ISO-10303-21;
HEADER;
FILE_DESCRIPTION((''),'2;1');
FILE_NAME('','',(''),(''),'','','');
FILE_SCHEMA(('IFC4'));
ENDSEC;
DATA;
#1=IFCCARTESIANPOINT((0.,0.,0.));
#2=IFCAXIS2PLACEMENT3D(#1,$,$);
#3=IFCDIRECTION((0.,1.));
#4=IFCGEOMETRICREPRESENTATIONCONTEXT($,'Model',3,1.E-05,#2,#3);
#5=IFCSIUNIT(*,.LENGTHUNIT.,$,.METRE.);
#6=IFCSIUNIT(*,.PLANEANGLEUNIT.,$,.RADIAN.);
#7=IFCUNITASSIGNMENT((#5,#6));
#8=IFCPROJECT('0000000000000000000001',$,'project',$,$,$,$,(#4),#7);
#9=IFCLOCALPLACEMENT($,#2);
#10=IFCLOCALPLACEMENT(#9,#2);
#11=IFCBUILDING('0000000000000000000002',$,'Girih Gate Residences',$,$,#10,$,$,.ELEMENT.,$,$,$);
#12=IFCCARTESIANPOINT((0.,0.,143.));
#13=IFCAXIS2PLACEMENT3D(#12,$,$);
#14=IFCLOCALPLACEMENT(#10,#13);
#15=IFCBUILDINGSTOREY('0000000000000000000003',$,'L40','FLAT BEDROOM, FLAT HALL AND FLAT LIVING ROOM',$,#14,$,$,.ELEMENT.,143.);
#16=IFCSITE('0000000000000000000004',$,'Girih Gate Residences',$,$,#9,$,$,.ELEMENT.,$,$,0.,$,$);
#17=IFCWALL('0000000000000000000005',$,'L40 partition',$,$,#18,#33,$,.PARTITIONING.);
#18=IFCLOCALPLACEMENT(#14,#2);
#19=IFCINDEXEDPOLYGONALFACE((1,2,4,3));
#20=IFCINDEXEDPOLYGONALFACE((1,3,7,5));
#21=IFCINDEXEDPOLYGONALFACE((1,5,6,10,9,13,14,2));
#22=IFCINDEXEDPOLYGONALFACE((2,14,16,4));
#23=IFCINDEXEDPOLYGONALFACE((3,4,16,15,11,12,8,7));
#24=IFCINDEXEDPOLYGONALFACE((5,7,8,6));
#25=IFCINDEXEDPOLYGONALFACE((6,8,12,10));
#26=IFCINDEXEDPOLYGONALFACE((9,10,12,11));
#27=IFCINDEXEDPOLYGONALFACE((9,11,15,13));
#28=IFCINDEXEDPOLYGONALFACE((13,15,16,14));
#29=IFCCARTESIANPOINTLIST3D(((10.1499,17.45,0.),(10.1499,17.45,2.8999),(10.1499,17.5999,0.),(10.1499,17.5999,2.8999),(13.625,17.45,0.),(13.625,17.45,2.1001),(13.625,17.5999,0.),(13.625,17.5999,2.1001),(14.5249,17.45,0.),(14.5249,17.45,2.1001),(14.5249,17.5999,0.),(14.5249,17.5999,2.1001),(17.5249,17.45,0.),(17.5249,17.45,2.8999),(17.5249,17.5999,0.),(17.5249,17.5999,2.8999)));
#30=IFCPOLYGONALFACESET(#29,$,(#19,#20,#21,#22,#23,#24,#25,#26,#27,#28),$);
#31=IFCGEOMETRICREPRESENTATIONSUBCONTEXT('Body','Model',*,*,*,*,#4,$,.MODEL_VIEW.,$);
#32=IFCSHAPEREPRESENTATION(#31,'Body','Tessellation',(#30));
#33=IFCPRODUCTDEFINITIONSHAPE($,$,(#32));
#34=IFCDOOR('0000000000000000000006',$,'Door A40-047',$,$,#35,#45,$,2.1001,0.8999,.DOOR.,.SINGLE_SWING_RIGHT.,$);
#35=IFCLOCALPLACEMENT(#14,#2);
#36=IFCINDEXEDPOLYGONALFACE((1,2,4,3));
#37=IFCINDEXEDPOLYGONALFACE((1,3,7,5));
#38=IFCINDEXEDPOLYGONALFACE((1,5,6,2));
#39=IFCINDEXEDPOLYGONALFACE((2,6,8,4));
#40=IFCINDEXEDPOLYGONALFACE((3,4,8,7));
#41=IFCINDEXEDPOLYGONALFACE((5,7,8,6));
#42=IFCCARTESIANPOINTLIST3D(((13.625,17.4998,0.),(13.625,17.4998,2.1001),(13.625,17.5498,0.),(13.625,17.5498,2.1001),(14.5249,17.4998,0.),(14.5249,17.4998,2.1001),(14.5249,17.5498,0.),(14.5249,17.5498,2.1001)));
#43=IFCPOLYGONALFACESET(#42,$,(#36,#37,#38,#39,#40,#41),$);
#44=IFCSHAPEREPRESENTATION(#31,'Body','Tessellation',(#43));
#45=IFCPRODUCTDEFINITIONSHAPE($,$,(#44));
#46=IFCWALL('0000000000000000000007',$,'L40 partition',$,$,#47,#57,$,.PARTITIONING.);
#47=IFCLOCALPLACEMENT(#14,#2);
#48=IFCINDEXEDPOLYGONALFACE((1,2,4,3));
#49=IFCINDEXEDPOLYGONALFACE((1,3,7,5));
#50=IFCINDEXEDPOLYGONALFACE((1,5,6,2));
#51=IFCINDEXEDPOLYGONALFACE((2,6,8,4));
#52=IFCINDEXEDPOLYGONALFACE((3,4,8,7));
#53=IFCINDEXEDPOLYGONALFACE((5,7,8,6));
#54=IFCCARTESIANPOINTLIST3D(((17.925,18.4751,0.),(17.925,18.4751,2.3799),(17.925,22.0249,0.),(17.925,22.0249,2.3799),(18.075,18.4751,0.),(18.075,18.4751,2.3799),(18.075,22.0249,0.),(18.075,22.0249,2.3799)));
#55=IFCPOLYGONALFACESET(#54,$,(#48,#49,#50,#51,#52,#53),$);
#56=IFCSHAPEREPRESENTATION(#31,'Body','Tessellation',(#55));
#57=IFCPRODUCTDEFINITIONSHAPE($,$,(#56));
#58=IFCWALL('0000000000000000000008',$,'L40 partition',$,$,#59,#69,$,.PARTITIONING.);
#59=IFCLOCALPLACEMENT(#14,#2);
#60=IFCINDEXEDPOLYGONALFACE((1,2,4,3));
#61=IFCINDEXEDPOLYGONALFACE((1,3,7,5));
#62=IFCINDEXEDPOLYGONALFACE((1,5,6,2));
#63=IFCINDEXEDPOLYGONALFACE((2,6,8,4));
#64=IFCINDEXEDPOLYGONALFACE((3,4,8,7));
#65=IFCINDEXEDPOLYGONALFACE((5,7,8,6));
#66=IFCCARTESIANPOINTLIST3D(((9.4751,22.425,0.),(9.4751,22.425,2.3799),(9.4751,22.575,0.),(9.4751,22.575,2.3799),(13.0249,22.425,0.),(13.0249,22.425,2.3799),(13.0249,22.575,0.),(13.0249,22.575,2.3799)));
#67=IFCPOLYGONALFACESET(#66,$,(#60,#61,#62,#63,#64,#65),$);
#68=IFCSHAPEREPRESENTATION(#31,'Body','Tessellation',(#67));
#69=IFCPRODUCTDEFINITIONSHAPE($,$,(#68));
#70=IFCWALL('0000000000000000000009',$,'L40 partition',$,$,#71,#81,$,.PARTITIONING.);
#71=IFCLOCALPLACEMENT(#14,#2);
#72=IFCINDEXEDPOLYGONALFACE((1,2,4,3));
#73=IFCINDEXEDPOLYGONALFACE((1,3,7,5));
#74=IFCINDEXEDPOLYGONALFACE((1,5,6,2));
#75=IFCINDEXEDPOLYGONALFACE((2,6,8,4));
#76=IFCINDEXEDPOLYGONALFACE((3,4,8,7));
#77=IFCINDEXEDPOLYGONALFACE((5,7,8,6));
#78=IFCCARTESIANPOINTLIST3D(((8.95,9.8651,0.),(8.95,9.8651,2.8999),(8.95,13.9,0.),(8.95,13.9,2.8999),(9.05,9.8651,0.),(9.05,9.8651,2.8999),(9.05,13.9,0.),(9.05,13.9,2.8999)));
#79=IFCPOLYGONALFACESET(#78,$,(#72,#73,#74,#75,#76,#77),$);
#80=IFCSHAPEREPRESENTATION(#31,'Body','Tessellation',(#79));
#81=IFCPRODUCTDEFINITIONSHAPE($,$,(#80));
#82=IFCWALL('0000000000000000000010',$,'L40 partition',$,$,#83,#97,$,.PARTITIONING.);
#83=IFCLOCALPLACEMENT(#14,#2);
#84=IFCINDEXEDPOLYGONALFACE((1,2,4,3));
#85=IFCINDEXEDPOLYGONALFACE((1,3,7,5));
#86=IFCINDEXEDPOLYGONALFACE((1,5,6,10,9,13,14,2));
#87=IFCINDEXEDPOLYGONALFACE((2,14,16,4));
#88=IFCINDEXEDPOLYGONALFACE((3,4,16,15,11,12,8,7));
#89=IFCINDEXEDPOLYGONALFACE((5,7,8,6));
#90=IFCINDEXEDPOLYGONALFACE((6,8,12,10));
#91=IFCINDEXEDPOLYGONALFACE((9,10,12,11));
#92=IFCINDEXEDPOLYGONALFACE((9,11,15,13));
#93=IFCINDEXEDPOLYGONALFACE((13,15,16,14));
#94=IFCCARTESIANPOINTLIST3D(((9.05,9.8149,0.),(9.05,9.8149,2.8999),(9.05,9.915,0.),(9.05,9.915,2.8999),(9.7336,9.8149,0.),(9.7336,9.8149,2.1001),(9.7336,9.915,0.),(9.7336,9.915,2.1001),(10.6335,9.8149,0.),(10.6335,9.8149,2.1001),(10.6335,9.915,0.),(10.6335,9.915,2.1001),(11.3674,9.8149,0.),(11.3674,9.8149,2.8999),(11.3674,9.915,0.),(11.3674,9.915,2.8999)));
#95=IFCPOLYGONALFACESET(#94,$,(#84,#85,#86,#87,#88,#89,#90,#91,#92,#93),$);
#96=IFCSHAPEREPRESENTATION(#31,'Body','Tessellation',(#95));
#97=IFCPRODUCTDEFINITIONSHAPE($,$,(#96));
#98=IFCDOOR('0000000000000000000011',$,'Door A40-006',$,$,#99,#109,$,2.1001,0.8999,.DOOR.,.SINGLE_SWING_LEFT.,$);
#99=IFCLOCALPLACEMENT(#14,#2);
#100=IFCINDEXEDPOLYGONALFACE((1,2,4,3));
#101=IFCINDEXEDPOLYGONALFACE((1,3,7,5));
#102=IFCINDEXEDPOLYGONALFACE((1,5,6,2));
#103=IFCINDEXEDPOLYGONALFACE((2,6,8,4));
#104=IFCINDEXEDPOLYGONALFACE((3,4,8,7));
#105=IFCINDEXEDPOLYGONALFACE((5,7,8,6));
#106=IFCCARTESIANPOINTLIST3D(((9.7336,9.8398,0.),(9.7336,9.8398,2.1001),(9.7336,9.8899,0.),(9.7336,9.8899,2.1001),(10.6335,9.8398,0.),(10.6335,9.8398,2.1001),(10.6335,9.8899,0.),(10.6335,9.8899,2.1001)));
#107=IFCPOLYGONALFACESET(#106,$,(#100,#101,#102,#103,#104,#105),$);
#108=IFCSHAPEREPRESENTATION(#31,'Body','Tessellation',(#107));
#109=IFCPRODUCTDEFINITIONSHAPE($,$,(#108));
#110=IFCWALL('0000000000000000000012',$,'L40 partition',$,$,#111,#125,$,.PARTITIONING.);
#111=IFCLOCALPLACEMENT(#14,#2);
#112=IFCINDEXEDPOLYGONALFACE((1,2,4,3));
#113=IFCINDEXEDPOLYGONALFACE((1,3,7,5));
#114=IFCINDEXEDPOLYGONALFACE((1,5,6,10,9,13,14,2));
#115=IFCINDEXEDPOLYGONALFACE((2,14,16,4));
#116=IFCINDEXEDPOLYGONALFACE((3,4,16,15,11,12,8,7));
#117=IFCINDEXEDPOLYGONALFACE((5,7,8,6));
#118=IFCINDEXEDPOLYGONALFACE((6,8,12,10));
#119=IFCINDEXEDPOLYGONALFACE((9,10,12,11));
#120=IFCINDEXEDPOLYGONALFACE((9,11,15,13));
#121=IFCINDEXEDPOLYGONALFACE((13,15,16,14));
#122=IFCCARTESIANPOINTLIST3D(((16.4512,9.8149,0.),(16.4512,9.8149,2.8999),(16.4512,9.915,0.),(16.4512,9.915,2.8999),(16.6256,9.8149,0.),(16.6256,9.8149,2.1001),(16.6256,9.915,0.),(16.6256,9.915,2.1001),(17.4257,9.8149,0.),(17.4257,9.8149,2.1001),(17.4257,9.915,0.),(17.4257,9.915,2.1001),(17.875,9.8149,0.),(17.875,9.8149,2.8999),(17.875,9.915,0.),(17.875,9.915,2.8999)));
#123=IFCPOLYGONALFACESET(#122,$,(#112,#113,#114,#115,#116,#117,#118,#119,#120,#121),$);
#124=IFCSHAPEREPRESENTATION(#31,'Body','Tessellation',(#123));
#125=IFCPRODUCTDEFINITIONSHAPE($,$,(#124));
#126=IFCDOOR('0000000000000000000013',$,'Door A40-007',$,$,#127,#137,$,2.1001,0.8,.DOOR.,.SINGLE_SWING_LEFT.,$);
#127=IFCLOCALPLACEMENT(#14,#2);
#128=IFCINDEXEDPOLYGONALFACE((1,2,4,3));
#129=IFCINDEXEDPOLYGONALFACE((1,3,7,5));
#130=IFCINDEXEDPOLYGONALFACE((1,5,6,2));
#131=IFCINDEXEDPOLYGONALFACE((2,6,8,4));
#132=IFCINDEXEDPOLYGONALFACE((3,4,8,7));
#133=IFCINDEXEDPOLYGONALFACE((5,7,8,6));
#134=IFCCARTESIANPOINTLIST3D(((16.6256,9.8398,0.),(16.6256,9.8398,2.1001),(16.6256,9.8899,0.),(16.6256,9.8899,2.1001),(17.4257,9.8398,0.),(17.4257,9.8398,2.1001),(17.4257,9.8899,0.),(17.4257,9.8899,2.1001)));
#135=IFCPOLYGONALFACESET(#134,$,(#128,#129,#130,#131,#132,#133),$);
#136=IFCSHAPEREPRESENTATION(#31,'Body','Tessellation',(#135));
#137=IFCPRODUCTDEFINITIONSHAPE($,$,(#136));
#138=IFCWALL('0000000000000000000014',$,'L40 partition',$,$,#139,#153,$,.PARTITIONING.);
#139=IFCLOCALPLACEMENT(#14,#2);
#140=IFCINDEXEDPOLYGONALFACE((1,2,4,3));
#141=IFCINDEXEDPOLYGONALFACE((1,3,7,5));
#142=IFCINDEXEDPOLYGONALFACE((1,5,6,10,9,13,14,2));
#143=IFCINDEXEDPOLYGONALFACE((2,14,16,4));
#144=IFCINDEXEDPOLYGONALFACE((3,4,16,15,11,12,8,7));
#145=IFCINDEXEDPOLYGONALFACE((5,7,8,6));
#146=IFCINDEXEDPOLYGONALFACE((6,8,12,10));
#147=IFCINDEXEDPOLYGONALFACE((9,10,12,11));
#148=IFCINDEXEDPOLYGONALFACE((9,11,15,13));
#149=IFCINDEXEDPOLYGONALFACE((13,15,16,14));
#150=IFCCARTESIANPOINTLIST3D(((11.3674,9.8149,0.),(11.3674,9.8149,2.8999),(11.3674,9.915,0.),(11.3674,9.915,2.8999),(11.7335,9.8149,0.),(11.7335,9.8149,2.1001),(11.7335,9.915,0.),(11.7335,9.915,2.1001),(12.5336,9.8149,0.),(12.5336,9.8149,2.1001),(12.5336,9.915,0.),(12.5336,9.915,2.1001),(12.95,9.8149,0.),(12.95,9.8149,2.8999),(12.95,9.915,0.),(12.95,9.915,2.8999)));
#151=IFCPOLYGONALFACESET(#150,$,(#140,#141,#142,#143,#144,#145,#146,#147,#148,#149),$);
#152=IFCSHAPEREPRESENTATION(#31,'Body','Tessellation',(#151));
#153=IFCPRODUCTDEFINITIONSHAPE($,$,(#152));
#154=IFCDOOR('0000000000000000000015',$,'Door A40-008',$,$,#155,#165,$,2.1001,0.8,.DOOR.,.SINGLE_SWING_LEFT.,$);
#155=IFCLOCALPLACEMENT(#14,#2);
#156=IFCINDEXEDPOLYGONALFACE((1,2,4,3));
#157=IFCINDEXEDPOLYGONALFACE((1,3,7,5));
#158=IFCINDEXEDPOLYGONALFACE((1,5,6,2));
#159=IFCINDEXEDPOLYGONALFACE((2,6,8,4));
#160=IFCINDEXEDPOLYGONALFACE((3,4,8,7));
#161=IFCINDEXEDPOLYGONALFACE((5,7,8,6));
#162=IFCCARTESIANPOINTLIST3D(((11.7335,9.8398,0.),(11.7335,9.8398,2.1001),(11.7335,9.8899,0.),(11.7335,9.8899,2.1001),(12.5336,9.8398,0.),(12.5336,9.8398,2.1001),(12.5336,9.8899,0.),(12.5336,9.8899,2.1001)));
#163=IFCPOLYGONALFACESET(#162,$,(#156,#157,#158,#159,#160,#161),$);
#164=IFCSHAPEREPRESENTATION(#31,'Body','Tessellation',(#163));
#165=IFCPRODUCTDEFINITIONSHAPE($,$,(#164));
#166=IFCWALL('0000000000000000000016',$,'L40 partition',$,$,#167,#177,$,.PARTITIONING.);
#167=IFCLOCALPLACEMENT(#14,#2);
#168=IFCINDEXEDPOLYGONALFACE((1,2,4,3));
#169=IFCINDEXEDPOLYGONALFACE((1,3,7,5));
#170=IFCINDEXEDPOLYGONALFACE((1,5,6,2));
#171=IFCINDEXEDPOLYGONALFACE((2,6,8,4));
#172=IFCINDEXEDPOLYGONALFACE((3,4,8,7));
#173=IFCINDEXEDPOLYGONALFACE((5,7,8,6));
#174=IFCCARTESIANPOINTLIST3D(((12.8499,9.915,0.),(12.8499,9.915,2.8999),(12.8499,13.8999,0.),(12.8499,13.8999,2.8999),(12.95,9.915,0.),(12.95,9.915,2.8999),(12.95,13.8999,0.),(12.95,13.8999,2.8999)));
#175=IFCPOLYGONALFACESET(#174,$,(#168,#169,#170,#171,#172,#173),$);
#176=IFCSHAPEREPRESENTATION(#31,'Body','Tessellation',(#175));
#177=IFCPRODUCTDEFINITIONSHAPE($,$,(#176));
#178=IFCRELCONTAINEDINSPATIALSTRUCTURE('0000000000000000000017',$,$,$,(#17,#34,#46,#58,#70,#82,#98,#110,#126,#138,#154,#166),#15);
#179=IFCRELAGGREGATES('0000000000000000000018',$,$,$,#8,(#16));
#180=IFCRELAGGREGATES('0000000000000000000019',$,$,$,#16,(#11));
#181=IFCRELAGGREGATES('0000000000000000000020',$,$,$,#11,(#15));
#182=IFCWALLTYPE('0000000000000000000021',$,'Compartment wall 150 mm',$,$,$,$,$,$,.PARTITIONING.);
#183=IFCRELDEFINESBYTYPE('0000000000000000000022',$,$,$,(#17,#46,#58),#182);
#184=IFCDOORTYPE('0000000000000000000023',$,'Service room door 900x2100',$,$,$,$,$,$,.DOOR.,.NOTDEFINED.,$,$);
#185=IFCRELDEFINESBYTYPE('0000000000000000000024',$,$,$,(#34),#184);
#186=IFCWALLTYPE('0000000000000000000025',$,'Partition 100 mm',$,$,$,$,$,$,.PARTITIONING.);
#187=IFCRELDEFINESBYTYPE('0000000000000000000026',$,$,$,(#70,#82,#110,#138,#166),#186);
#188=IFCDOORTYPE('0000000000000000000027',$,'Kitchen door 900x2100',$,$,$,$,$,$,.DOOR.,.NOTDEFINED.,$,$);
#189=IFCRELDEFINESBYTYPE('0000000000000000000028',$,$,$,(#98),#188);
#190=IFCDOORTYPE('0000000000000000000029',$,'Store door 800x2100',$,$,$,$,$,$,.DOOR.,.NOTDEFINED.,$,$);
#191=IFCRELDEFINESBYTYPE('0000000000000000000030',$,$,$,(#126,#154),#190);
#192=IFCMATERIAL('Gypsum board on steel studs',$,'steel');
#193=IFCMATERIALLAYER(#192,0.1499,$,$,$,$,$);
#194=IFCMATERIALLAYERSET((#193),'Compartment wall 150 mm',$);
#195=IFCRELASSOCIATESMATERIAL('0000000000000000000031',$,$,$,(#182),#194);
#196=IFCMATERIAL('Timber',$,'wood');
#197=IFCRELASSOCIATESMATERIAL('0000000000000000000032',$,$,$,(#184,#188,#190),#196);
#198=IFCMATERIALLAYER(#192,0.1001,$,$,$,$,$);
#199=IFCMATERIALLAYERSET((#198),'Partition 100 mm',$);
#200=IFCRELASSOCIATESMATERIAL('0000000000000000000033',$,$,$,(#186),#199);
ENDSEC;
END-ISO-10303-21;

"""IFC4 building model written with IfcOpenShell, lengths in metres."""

from ifc_helpers import new_model, si_unit, direction, frame, frame_2d, origin, place, context, subcontext, project, spatial, rectangle, extrude, material, layer, layer_set, type_object, element, fill, save


model = new_model("IFC4")

# Units and contexts
model_context = context("Model", 3, precision=1e-05, world=origin(), true_north=direction((0.0, 1.0)))
body_context = subcontext(model_context, "Body", "Model", "MODEL_VIEW")
ifc_project = project(units=[si_unit("LENGTHUNIT", "METRE"), si_unit("PLANEANGLEUNIT", "RADIAN")], contexts=[model_context])

# Site, building, storey
site_placement = place(None, origin())
site = spatial("IfcSite", under=ifc_project, at=site_placement, Name="Girih Gate Residences", CompositionType="ELEMENT", RefElevation=0.0)
building_placement = place(site_placement, origin())
building = spatial("IfcBuilding", under=site, at=building_placement, Name="Girih Gate Residences", CompositionType="ELEMENT")
storey_placement = place(building_placement, frame((0.0, 0.0, 143.0)))
storey = spatial("IfcBuildingStorey", under=building, at=storey_placement, Name="L40", Description="FLAT BEDROOM, FLAT HALL AND FLAT LIVING ROOM", CompositionType="ELEMENT", Elevation=143.0)

# Shared definitions
ifc_material_1 = material(Name="Gypsum board on steel studs", Category="steel")
ifc_layer_1 = layer(ifc_material_1, 0.1499)
ifc_layer_set_1 = layer_set([ifc_layer_1], Name="Compartment wall 150 mm")
wall_type_1 = type_object("IfcWallType", Name="Compartment wall 150 mm", PredefinedType="PARTITIONING", material=ifc_layer_set_1)

# Wall, opening, door
wall_1_placement = place(storey_placement, frame((10.1499, 17.5249, 0.0), z_axis=(0.0, 0.0, 1.0), x_axis=(1.0, 0.0, 0.0)))
wall_1 = element("IfcWall", 1, at=wall_1_placement, inside=storey, type_object=wall_type_1, Name="L40 partition", PredefinedType="PARTITIONING", context=body_context, shape_type="SweptSolid", body=[
    extrude(rectangle(XDim=7.375, YDim=0.1499, at=frame_2d((3.6875, 0.0))), origin(), (0.0, 0.0, 1.0), 2.8999),
])
opening_1_placement = place(wall_1_placement, frame((3.4751, 0.0, 0.0)))
opening_1 = element("IfcOpeningElement", 2, at=opening_1_placement, cuts=wall_1, PredefinedType="OPENING", context=body_context, shape_type="SweptSolid", body=[
    extrude(rectangle(XDim=0.8999, YDim=2.1001, at=frame_2d((0.45, 1.05))), frame((0.0, 0.085, 0.0), z_axis=(0.0, -1.0, 0.0), x_axis=(1.0, 0.0, 0.0)), (0.0, 0.0, 1.0), 0.1699),
])
ifc_material_2 = material(Name="Timber", Category="wood")
door_type_1 = type_object("IfcDoorType", Name="Service room door 900x2100", OperationType="NOTDEFINED", PredefinedType="DOOR", material=ifc_material_2)
door_1_placement = place(opening_1_placement, origin())
door_1 = element("IfcDoor", 3, at=door_1_placement, inside=storey, type_object=door_type_1, Name="Door A40-047", OperationType="SINGLE_SWING_RIGHT", OverallHeight=2.1001, OverallWidth=0.8999, PredefinedType="DOOR", context=body_context, shape_type="SweptSolid", body=[
    extrude(rectangle(XDim=0.8999, YDim=2.1001, at=frame_2d((0.45, 1.05))), frame((0.0, 0.0249, 0.0), z_axis=(0.0, -1.0, 0.0), x_axis=(1.0, 0.0, 0.0)), (0.0, 0.0, 1.0), 0.05),
])
fill(opening_1, door_1)

# Walls
for number, where, z_axis, x_axis, name in (
    (4, (18.0, 18.4751, 0.0), (0.0, 0.0, 1.0), (0.0, 1.0, 0.0), "L40 partition"),
    (5, (9.4751, 22.5, 0.0), (0.0, 0.0, 1.0), (1.0, 0.0, 0.0), "L40 partition"),
):
    element("IfcWall", number, at=place(storey_placement, frame(where, z_axis=z_axis, x_axis=x_axis)), inside=storey, type_object=wall_type_1, Name=name, PredefinedType="PARTITIONING", context=body_context, shape_type="SweptSolid", body=[
        extrude(rectangle(XDim=3.5498, YDim=0.1499, at=frame_2d((1.7749, 0.0))), origin(), (0.0, 0.0, 1.0), 2.3799),
    ])
ifc_layer_2 = layer(ifc_material_1, 0.1001)
ifc_layer_set_2 = layer_set([ifc_layer_2], Name="Partition 100 mm")
wall_type_2 = type_object("IfcWallType", Name="Partition 100 mm", PredefinedType="PARTITIONING", material=ifc_layer_set_2)
wall_2_placement = place(storey_placement, frame((9.0, 9.865, 0.0), z_axis=(0.0, 0.0, 1.0), x_axis=(0.0, 1.0, 0.0)))
element("IfcWall", 6, at=wall_2_placement, inside=storey, type_object=wall_type_2, Name="L40 partition", PredefinedType="PARTITIONING", context=body_context, shape_type="SweptSolid", body=[
    extrude(rectangle(XDim=4.0349, YDim=0.1001, at=frame_2d((2.0176, 0.0))), origin(), (0.0, 0.0, 1.0), 2.8999),
])

# Walls, openings, doors
wall_3_placement = place(storey_placement, frame((9.05, 9.865, 0.0), z_axis=(0.0, 0.0, 1.0), x_axis=(1.0, 0.0, 0.0)))
wall_3 = element("IfcWall", 7, at=wall_3_placement, inside=storey, type_object=wall_type_2, Name="L40 partition", PredefinedType="PARTITIONING", context=body_context, shape_type="SweptSolid", body=[
    extrude(rectangle(XDim=2.3174, YDim=0.1001, at=frame_2d((1.1587, 0.0))), origin(), (0.0, 0.0, 1.0), 2.8999),
])
opening_2_placement = place(wall_3_placement, frame((0.6836, 0.0, 0.0)))
opening_2 = element("IfcOpeningElement", 8, at=opening_2_placement, cuts=wall_3, PredefinedType="OPENING", context=body_context, shape_type="SweptSolid", body=[
    extrude(rectangle(XDim=0.8999, YDim=2.1001, at=frame_2d((0.45, 1.05))), frame((0.0, 0.0601, 0.0), z_axis=(0.0, -1.0, 0.0), x_axis=(1.0, 0.0, 0.0)), (0.0, 0.0, 1.0), 0.1201),
])
door_type_2 = type_object("IfcDoorType", Name="Kitchen door 900x2100", OperationType="NOTDEFINED", PredefinedType="DOOR", material=ifc_material_2)
door_2_placement = place(opening_2_placement, origin())
door_2 = element("IfcDoor", 9, at=door_2_placement, inside=storey, type_object=door_type_2, Name="Door A40-006", OperationType="SINGLE_SWING_LEFT", OverallHeight=2.1001, OverallWidth=0.8999, PredefinedType="DOOR", context=body_context, shape_type="SweptSolid", body=[
    extrude(rectangle(XDim=0.8999, YDim=2.1001, at=frame_2d((0.45, 1.05))), frame((0.0, 0.0249, 0.0), z_axis=(0.0, -1.0, 0.0), x_axis=(1.0, 0.0, 0.0)), (0.0, 0.0, 1.0), 0.05),
])
fill(opening_2, door_2)
wall_4_placement = place(storey_placement, frame((16.4512, 9.865, 0.0), z_axis=(0.0, 0.0, 1.0), x_axis=(1.0, 0.0, 0.0)))
wall_4 = element("IfcWall", 10, at=wall_4_placement, inside=storey, type_object=wall_type_2, Name="L40 partition", PredefinedType="PARTITIONING", context=body_context, shape_type="SweptSolid", body=[
    extrude(rectangle(XDim=1.4238, YDim=0.1001, at=frame_2d((0.7119, 0.0))), origin(), (0.0, 0.0, 1.0), 2.8999),
])
opening_3_placement = place(wall_4_placement, frame((0.1746, 0.0, 0.0)))
opening_3 = element("IfcOpeningElement", 11, at=opening_3_placement, cuts=wall_4, PredefinedType="OPENING", context=body_context, shape_type="SweptSolid", body=[
    extrude(rectangle(XDim=0.8, YDim=2.1001, at=frame_2d((0.3999, 1.05))), frame((0.0, 0.0601, 0.0), z_axis=(0.0, -1.0, 0.0), x_axis=(1.0, 0.0, 0.0)), (0.0, 0.0, 1.0), 0.1201),
])
door_type_3 = type_object("IfcDoorType", Name="Store door 800x2100", OperationType="NOTDEFINED", PredefinedType="DOOR", material=ifc_material_2)
door_3_placement = place(opening_3_placement, origin())
door_3 = element("IfcDoor", 12, at=door_3_placement, inside=storey, type_object=door_type_3, Name="Door A40-007", OperationType="SINGLE_SWING_LEFT", OverallHeight=2.1001, OverallWidth=0.8, PredefinedType="DOOR", context=body_context, shape_type="SweptSolid", body=[
    extrude(rectangle(XDim=0.8, YDim=2.1001, at=frame_2d((0.3999, 1.05))), frame((0.0, 0.0249, 0.0), z_axis=(0.0, -1.0, 0.0), x_axis=(1.0, 0.0, 0.0)), (0.0, 0.0, 1.0), 0.05),
])
fill(opening_3, door_3)
wall_5_placement = place(storey_placement, frame((11.3674, 9.865, 0.0), z_axis=(0.0, 0.0, 1.0), x_axis=(1.0, 0.0, 0.0)))
wall_5 = element("IfcWall", 13, at=wall_5_placement, inside=storey, type_object=wall_type_2, Name="L40 partition", PredefinedType="PARTITIONING", context=body_context, shape_type="SweptSolid", body=[
    extrude(rectangle(XDim=1.5825, YDim=0.1001, at=frame_2d((0.7913, 0.0))), origin(), (0.0, 0.0, 1.0), 2.8999),
])
opening_4_placement = place(wall_5_placement, frame((0.3662, 0.0, 0.0)))
opening_4 = element("IfcOpeningElement", 14, at=opening_4_placement, cuts=wall_5, PredefinedType="OPENING", context=body_context, shape_type="SweptSolid", body=[
    extrude(rectangle(XDim=0.8, YDim=2.1001, at=frame_2d((0.3999, 1.05))), frame((0.0, 0.0601, 0.0), z_axis=(0.0, -1.0, 0.0), x_axis=(1.0, 0.0, 0.0)), (0.0, 0.0, 1.0), 0.1201),
])
door_4_placement = place(opening_4_placement, origin())
door_4 = element("IfcDoor", 15, at=door_4_placement, inside=storey, type_object=door_type_3, Name="Door A40-008", OperationType="SINGLE_SWING_LEFT", OverallHeight=2.1001, OverallWidth=0.8, PredefinedType="DOOR", context=body_context, shape_type="SweptSolid", body=[
    extrude(rectangle(XDim=0.8, YDim=2.1001, at=frame_2d((0.3999, 1.05))), frame((0.0, 0.0249, 0.0), z_axis=(0.0, -1.0, 0.0), x_axis=(1.0, 0.0, 0.0)), (0.0, 0.0, 1.0), 0.05),
])
fill(opening_4, door_4)

# Wall
for number, where, z_axis, x_axis, name in (
    (16, (12.8999, 9.915, 0.0), (0.0, 0.0, 1.0), (0.0, 1.0, 0.0), "L40 partition"),
):
    element("IfcWall", number, at=place(storey_placement, frame(where, z_axis=z_axis, x_axis=x_axis)), inside=storey, type_object=wall_type_2, Name=name, PredefinedType="PARTITIONING", context=body_context, shape_type="SweptSolid", body=[
        extrude(rectangle(XDim=3.9849, YDim=0.1001, at=frame_2d((1.9924, 0.0))), origin(), (0.0, 0.0, 1.0), 2.8999),
    ])

save(model, "model.ifc")
